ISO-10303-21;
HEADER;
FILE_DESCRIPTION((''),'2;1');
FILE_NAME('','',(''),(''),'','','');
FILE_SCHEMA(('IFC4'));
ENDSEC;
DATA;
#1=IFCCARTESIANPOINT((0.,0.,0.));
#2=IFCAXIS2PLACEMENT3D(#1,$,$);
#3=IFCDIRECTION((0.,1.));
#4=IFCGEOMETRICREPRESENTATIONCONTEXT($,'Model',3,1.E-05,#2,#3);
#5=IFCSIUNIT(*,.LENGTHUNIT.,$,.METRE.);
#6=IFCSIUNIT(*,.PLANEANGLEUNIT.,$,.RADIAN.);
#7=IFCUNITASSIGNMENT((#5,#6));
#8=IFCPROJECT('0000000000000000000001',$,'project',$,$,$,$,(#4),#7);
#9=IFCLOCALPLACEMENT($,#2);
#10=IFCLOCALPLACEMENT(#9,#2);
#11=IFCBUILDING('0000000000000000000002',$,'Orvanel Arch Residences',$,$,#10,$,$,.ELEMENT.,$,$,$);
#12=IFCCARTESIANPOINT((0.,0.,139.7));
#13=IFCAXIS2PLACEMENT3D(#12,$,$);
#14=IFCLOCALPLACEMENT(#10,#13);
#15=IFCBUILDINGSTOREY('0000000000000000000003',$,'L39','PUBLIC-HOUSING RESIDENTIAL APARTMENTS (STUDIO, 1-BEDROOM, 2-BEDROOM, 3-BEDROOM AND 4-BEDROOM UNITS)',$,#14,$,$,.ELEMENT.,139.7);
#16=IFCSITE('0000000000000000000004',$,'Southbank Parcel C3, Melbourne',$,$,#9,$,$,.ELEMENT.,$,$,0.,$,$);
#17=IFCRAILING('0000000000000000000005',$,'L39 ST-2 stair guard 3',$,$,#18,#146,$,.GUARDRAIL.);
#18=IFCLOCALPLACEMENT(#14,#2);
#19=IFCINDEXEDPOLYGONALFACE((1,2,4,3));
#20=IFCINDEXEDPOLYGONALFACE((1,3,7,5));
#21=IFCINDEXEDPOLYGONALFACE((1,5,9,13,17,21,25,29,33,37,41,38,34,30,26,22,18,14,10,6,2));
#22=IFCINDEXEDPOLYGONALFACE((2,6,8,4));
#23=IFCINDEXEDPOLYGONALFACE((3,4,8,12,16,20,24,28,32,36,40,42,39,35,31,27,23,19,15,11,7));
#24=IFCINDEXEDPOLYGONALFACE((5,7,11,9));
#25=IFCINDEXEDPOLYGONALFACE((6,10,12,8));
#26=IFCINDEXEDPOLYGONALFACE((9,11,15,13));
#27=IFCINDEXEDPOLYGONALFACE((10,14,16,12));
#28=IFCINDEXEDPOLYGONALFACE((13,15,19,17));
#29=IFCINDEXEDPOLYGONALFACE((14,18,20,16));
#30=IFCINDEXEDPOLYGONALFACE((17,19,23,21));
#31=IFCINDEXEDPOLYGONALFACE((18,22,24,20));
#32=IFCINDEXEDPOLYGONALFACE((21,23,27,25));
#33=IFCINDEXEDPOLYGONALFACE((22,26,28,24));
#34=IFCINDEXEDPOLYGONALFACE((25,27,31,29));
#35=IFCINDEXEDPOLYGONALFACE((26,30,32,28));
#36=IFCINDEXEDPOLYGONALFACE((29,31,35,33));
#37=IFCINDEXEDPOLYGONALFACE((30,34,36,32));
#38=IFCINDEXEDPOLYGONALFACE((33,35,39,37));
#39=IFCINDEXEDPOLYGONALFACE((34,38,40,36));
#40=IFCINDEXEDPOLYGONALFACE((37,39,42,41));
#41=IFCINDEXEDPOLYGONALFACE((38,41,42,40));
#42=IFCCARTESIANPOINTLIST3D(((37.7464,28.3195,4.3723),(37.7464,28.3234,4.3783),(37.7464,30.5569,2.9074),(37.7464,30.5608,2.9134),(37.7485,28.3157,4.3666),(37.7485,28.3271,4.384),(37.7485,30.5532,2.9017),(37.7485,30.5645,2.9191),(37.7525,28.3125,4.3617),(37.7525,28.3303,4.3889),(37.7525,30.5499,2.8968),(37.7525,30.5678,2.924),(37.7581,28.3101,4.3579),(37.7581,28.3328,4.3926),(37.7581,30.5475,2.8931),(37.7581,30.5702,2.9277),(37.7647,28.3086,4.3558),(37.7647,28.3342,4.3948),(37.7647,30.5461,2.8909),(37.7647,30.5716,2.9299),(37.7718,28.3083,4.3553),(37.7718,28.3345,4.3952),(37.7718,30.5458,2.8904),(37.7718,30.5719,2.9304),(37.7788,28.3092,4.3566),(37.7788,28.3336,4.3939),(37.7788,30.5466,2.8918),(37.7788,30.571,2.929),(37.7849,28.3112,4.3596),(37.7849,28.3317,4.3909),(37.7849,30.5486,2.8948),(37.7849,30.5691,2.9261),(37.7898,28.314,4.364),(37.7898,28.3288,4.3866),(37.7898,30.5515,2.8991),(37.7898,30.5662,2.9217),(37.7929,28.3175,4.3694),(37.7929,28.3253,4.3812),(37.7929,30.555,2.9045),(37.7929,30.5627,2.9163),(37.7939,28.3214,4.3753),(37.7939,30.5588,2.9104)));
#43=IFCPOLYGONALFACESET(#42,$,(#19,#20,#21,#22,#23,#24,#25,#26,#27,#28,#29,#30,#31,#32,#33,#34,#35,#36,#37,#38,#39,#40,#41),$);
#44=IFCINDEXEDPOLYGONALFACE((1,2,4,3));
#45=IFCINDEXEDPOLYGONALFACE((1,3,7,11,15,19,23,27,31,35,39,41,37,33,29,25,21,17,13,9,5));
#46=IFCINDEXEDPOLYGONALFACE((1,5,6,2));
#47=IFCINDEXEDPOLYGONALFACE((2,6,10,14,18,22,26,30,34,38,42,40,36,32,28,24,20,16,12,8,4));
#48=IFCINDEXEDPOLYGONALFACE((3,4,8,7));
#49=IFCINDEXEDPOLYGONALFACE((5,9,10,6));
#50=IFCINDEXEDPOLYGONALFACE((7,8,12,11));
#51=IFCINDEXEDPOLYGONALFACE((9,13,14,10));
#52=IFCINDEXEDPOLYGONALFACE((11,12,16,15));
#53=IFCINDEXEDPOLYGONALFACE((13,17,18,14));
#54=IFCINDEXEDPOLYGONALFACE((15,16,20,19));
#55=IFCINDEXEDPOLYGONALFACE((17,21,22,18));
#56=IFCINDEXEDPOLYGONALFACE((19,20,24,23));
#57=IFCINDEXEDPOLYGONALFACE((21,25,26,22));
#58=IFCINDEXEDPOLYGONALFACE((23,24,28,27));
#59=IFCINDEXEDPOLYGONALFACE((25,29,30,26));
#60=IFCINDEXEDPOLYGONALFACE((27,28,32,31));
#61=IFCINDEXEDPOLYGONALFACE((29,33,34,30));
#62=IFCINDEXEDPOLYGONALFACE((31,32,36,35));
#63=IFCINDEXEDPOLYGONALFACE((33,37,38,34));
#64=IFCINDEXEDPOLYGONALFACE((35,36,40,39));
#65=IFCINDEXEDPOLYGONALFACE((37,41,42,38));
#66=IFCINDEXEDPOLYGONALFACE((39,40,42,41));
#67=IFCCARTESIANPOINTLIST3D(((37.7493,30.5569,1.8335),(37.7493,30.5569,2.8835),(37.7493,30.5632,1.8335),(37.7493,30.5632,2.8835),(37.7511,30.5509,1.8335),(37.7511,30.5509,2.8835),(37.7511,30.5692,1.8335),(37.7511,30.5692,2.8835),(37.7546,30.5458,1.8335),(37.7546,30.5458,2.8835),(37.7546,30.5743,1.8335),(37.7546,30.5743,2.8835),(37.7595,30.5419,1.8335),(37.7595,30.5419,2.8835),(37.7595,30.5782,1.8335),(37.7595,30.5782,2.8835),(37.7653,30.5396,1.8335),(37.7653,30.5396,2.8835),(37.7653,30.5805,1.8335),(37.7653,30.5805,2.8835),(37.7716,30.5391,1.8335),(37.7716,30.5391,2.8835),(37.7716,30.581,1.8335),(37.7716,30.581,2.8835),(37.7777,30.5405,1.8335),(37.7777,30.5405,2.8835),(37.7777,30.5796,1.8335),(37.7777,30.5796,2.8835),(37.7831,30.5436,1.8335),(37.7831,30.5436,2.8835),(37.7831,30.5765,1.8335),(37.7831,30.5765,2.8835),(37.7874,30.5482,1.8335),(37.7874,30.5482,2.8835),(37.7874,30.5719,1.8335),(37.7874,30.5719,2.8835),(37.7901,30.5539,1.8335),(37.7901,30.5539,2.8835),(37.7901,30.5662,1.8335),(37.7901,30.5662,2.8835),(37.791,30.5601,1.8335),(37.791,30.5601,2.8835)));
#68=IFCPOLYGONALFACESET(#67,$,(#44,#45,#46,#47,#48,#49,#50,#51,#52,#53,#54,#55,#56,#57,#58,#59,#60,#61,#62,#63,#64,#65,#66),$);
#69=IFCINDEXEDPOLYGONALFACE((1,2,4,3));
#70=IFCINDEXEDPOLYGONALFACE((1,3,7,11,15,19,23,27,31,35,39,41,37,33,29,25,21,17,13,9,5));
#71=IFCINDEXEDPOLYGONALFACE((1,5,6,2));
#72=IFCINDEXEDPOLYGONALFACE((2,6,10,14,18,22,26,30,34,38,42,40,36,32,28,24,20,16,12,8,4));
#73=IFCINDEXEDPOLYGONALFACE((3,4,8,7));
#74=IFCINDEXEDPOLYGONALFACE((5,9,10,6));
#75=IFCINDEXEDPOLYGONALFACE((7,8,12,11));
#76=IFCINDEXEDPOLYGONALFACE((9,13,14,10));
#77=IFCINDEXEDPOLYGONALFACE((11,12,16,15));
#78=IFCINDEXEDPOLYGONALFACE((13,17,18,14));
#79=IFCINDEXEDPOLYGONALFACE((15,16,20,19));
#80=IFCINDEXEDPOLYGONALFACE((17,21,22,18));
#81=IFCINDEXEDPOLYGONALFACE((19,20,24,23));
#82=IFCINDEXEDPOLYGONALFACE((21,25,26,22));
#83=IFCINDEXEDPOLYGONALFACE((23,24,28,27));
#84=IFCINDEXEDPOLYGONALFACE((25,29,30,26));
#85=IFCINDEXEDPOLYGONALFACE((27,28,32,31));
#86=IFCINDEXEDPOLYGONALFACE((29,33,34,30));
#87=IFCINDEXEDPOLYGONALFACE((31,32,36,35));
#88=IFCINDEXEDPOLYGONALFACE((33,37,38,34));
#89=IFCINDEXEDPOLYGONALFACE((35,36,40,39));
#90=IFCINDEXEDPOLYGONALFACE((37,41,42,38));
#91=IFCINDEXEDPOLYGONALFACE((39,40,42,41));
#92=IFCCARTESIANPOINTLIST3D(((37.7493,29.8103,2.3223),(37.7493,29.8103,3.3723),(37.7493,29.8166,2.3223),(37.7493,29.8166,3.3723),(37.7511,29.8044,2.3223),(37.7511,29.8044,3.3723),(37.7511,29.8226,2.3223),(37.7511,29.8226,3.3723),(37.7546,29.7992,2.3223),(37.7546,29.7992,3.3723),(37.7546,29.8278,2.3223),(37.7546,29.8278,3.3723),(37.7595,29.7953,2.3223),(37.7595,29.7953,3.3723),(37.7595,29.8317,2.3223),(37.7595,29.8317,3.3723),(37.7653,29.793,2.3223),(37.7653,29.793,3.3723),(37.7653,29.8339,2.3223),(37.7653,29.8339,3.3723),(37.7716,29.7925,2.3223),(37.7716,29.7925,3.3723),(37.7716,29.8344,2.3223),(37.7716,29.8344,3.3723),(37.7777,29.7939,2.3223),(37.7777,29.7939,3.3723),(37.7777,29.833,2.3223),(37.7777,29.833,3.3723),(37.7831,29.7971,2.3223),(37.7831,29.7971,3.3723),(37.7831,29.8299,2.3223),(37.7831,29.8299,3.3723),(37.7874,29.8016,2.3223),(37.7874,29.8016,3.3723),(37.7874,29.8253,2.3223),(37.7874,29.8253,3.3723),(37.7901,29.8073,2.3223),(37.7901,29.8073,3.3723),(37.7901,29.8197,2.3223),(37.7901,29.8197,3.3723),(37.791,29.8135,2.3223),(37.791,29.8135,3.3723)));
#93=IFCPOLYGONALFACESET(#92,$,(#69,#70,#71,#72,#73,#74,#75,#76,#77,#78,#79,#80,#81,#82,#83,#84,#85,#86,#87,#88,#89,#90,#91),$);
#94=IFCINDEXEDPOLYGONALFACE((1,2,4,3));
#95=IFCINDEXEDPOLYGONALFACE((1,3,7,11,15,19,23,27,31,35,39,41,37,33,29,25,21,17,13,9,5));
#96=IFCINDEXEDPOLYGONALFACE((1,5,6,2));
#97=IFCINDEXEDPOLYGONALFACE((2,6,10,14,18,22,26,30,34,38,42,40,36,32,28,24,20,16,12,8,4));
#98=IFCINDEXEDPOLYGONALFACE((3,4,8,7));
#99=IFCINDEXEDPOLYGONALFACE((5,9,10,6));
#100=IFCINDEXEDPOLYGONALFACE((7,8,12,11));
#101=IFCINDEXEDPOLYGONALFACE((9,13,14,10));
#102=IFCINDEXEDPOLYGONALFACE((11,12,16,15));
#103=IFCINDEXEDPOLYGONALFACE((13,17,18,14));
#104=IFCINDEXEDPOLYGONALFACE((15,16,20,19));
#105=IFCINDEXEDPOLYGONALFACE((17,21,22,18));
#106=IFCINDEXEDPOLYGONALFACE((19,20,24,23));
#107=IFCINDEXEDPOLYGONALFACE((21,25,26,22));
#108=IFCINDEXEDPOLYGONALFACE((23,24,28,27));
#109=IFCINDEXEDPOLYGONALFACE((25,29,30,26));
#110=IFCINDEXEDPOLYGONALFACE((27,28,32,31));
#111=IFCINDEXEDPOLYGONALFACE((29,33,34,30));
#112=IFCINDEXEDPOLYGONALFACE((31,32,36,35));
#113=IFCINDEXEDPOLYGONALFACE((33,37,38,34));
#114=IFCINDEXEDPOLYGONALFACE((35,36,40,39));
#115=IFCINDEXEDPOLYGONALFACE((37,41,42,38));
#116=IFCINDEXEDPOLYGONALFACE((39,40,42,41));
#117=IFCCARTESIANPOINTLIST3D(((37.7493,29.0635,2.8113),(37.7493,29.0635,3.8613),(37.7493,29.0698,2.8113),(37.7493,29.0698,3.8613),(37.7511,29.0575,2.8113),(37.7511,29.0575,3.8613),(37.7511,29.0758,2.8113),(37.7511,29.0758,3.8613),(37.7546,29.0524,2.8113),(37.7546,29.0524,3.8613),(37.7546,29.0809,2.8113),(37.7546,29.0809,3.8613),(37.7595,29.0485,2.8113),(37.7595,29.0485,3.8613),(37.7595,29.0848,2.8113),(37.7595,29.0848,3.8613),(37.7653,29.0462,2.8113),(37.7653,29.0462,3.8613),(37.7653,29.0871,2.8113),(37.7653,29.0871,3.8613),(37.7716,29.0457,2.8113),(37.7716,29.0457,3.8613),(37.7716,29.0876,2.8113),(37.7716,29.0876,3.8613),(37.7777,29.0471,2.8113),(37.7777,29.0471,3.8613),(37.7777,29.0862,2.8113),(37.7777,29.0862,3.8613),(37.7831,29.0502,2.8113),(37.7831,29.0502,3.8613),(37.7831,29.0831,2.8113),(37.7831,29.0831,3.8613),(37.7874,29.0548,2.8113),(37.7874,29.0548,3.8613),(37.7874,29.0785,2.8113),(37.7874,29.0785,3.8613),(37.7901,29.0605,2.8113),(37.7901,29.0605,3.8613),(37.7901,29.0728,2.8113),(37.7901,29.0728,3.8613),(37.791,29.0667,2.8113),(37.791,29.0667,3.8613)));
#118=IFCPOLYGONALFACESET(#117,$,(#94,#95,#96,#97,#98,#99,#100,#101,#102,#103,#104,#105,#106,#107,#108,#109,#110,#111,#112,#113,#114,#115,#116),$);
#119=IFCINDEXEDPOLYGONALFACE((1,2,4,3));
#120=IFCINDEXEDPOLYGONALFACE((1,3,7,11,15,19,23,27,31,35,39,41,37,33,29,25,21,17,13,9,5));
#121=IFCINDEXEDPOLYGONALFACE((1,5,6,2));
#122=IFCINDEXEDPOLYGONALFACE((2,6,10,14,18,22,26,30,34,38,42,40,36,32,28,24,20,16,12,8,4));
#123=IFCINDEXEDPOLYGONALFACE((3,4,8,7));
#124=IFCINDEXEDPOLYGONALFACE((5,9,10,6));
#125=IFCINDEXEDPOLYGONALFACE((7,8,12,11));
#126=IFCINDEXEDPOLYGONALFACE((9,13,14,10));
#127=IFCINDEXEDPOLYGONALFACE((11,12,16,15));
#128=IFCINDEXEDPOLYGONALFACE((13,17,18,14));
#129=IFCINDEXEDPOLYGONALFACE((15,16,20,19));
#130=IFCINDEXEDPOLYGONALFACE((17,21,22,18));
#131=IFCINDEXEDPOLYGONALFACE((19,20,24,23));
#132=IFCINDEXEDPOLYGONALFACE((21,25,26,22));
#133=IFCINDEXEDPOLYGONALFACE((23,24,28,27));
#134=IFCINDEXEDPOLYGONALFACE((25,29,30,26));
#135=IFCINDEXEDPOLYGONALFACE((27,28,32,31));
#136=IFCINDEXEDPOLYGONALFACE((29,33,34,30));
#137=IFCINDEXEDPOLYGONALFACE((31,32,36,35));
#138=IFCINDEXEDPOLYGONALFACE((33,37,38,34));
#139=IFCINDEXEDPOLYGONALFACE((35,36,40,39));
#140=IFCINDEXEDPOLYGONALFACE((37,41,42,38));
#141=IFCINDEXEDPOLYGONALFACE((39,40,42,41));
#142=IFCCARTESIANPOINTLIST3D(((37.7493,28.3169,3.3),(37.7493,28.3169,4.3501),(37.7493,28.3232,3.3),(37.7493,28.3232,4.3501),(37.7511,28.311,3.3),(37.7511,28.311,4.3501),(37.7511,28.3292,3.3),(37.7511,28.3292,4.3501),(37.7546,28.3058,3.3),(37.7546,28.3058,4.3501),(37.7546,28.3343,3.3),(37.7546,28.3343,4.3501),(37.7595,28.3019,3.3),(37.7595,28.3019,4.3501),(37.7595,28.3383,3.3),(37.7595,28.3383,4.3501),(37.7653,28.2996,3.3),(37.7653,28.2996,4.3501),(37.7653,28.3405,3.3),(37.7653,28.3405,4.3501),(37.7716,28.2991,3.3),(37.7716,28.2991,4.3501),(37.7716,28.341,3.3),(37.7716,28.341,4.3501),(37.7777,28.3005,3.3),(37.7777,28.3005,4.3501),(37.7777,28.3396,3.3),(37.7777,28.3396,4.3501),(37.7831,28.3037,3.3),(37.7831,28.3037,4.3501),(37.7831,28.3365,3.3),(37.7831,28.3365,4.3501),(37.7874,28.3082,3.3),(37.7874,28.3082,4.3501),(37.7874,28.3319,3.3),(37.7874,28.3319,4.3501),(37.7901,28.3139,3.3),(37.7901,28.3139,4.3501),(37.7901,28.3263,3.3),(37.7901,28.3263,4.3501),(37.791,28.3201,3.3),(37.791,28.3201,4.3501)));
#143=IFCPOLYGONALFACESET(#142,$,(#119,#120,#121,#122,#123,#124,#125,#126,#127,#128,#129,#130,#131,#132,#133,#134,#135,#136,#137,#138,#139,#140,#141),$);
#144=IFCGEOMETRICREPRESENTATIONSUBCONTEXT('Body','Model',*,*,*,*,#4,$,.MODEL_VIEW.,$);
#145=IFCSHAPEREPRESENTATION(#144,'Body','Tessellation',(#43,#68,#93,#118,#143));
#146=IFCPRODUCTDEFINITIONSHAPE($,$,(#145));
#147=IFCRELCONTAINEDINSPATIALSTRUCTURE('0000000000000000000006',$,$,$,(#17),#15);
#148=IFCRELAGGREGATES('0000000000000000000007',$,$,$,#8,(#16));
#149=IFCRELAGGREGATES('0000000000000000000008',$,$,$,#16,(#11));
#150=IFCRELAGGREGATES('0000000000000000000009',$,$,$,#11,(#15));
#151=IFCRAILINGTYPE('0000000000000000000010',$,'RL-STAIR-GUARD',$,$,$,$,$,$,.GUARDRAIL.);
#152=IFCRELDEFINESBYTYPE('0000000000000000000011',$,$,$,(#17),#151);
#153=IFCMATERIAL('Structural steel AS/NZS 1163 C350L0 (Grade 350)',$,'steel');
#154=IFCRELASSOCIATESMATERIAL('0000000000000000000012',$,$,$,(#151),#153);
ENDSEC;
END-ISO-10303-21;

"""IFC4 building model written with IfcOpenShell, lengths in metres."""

from ifc_helpers import new_model, si_unit, direction, frame, origin, origin_2d, place, context, subcontext, project, spatial, circle, extrude, material, type_object, element, save


model = new_model("IFC4")

# Units and contexts
model_context = context("Model", 3, precision=1e-05, world=origin(), true_north=direction((0.0, 1.0)))
body_context = subcontext(model_context, "Body", "Model", "MODEL_VIEW")
ifc_project = project(units=[si_unit("LENGTHUNIT", "METRE"), si_unit("PLANEANGLEUNIT", "RADIAN")], contexts=[model_context])

# Site, building, storey
site_placement = place(None, origin())
site = spatial("IfcSite", under=ifc_project, at=site_placement, Name="Southbank Parcel C3, Melbourne", CompositionType="ELEMENT", RefElevation=0.0)
building_placement = place(site_placement, origin())
building = spatial("IfcBuilding", under=site, at=building_placement, Name="Orvanel Arch Residences", CompositionType="ELEMENT")
storey_placement = place(building_placement, frame((0.0, 0.0, 139.7)))
storey = spatial("IfcBuildingStorey", under=building, at=storey_placement, Name="L39", Description="PUBLIC-HOUSING RESIDENTIAL APARTMENTS (STUDIO, 1-BEDROOM, 2-BEDROOM, 3-BEDROOM AND 4-BEDROOM UNITS)", CompositionType="ELEMENT", Elevation=139.7)

# Railing
ifc_material_1 = material(Name="Structural steel AS/NZS 1163 C350L0 (Grade 350)", Category="steel")
railing_type_1 = type_object("IfcRailingType", Name="RL-STAIR-GUARD", PredefinedType="GUARDRAIL", material=ifc_material_1)
railing_1_placement = place(storey_placement, frame((37.77, 30.5601, 1.8335)))
element("IfcRailing", 1, at=railing_1_placement, inside=storey, type_object=railing_type_1, Name="L39 ST-2 stair guard 3", PredefinedType="GUARDRAIL", context=body_context, shape_type="SweptSolid", body=[
    extrude(circle(Radius=0.0239, at=origin_2d()), frame((0.0, -0.0012, 1.0769), z_axis=(0.0, -0.836637, 0.547758), x_axis=(1.0, 0.0, 0.0)), (0.0, 0.0, 1.0), 2.6743),
    extrude(circle(Radius=0.021, at=origin_2d()), origin(), (0.0, 0.0, 1.0), 1.05),
    extrude(circle(Radius=0.021, at=origin_2d()), frame((0.0, -0.7466, 0.4888)), (0.0, 0.0, 1.0), 1.05),
    extrude(circle(Radius=0.021, at=origin_2d()), frame((0.0, -1.4934, 0.9778)), (0.0, 0.0, 1.0), 1.05),
    extrude(circle(Radius=0.021, at=origin_2d()), frame((0.0, -2.24, 1.4666)), (0.0, 0.0, 1.0), 1.05),
])

save(model, "model.ifc")
